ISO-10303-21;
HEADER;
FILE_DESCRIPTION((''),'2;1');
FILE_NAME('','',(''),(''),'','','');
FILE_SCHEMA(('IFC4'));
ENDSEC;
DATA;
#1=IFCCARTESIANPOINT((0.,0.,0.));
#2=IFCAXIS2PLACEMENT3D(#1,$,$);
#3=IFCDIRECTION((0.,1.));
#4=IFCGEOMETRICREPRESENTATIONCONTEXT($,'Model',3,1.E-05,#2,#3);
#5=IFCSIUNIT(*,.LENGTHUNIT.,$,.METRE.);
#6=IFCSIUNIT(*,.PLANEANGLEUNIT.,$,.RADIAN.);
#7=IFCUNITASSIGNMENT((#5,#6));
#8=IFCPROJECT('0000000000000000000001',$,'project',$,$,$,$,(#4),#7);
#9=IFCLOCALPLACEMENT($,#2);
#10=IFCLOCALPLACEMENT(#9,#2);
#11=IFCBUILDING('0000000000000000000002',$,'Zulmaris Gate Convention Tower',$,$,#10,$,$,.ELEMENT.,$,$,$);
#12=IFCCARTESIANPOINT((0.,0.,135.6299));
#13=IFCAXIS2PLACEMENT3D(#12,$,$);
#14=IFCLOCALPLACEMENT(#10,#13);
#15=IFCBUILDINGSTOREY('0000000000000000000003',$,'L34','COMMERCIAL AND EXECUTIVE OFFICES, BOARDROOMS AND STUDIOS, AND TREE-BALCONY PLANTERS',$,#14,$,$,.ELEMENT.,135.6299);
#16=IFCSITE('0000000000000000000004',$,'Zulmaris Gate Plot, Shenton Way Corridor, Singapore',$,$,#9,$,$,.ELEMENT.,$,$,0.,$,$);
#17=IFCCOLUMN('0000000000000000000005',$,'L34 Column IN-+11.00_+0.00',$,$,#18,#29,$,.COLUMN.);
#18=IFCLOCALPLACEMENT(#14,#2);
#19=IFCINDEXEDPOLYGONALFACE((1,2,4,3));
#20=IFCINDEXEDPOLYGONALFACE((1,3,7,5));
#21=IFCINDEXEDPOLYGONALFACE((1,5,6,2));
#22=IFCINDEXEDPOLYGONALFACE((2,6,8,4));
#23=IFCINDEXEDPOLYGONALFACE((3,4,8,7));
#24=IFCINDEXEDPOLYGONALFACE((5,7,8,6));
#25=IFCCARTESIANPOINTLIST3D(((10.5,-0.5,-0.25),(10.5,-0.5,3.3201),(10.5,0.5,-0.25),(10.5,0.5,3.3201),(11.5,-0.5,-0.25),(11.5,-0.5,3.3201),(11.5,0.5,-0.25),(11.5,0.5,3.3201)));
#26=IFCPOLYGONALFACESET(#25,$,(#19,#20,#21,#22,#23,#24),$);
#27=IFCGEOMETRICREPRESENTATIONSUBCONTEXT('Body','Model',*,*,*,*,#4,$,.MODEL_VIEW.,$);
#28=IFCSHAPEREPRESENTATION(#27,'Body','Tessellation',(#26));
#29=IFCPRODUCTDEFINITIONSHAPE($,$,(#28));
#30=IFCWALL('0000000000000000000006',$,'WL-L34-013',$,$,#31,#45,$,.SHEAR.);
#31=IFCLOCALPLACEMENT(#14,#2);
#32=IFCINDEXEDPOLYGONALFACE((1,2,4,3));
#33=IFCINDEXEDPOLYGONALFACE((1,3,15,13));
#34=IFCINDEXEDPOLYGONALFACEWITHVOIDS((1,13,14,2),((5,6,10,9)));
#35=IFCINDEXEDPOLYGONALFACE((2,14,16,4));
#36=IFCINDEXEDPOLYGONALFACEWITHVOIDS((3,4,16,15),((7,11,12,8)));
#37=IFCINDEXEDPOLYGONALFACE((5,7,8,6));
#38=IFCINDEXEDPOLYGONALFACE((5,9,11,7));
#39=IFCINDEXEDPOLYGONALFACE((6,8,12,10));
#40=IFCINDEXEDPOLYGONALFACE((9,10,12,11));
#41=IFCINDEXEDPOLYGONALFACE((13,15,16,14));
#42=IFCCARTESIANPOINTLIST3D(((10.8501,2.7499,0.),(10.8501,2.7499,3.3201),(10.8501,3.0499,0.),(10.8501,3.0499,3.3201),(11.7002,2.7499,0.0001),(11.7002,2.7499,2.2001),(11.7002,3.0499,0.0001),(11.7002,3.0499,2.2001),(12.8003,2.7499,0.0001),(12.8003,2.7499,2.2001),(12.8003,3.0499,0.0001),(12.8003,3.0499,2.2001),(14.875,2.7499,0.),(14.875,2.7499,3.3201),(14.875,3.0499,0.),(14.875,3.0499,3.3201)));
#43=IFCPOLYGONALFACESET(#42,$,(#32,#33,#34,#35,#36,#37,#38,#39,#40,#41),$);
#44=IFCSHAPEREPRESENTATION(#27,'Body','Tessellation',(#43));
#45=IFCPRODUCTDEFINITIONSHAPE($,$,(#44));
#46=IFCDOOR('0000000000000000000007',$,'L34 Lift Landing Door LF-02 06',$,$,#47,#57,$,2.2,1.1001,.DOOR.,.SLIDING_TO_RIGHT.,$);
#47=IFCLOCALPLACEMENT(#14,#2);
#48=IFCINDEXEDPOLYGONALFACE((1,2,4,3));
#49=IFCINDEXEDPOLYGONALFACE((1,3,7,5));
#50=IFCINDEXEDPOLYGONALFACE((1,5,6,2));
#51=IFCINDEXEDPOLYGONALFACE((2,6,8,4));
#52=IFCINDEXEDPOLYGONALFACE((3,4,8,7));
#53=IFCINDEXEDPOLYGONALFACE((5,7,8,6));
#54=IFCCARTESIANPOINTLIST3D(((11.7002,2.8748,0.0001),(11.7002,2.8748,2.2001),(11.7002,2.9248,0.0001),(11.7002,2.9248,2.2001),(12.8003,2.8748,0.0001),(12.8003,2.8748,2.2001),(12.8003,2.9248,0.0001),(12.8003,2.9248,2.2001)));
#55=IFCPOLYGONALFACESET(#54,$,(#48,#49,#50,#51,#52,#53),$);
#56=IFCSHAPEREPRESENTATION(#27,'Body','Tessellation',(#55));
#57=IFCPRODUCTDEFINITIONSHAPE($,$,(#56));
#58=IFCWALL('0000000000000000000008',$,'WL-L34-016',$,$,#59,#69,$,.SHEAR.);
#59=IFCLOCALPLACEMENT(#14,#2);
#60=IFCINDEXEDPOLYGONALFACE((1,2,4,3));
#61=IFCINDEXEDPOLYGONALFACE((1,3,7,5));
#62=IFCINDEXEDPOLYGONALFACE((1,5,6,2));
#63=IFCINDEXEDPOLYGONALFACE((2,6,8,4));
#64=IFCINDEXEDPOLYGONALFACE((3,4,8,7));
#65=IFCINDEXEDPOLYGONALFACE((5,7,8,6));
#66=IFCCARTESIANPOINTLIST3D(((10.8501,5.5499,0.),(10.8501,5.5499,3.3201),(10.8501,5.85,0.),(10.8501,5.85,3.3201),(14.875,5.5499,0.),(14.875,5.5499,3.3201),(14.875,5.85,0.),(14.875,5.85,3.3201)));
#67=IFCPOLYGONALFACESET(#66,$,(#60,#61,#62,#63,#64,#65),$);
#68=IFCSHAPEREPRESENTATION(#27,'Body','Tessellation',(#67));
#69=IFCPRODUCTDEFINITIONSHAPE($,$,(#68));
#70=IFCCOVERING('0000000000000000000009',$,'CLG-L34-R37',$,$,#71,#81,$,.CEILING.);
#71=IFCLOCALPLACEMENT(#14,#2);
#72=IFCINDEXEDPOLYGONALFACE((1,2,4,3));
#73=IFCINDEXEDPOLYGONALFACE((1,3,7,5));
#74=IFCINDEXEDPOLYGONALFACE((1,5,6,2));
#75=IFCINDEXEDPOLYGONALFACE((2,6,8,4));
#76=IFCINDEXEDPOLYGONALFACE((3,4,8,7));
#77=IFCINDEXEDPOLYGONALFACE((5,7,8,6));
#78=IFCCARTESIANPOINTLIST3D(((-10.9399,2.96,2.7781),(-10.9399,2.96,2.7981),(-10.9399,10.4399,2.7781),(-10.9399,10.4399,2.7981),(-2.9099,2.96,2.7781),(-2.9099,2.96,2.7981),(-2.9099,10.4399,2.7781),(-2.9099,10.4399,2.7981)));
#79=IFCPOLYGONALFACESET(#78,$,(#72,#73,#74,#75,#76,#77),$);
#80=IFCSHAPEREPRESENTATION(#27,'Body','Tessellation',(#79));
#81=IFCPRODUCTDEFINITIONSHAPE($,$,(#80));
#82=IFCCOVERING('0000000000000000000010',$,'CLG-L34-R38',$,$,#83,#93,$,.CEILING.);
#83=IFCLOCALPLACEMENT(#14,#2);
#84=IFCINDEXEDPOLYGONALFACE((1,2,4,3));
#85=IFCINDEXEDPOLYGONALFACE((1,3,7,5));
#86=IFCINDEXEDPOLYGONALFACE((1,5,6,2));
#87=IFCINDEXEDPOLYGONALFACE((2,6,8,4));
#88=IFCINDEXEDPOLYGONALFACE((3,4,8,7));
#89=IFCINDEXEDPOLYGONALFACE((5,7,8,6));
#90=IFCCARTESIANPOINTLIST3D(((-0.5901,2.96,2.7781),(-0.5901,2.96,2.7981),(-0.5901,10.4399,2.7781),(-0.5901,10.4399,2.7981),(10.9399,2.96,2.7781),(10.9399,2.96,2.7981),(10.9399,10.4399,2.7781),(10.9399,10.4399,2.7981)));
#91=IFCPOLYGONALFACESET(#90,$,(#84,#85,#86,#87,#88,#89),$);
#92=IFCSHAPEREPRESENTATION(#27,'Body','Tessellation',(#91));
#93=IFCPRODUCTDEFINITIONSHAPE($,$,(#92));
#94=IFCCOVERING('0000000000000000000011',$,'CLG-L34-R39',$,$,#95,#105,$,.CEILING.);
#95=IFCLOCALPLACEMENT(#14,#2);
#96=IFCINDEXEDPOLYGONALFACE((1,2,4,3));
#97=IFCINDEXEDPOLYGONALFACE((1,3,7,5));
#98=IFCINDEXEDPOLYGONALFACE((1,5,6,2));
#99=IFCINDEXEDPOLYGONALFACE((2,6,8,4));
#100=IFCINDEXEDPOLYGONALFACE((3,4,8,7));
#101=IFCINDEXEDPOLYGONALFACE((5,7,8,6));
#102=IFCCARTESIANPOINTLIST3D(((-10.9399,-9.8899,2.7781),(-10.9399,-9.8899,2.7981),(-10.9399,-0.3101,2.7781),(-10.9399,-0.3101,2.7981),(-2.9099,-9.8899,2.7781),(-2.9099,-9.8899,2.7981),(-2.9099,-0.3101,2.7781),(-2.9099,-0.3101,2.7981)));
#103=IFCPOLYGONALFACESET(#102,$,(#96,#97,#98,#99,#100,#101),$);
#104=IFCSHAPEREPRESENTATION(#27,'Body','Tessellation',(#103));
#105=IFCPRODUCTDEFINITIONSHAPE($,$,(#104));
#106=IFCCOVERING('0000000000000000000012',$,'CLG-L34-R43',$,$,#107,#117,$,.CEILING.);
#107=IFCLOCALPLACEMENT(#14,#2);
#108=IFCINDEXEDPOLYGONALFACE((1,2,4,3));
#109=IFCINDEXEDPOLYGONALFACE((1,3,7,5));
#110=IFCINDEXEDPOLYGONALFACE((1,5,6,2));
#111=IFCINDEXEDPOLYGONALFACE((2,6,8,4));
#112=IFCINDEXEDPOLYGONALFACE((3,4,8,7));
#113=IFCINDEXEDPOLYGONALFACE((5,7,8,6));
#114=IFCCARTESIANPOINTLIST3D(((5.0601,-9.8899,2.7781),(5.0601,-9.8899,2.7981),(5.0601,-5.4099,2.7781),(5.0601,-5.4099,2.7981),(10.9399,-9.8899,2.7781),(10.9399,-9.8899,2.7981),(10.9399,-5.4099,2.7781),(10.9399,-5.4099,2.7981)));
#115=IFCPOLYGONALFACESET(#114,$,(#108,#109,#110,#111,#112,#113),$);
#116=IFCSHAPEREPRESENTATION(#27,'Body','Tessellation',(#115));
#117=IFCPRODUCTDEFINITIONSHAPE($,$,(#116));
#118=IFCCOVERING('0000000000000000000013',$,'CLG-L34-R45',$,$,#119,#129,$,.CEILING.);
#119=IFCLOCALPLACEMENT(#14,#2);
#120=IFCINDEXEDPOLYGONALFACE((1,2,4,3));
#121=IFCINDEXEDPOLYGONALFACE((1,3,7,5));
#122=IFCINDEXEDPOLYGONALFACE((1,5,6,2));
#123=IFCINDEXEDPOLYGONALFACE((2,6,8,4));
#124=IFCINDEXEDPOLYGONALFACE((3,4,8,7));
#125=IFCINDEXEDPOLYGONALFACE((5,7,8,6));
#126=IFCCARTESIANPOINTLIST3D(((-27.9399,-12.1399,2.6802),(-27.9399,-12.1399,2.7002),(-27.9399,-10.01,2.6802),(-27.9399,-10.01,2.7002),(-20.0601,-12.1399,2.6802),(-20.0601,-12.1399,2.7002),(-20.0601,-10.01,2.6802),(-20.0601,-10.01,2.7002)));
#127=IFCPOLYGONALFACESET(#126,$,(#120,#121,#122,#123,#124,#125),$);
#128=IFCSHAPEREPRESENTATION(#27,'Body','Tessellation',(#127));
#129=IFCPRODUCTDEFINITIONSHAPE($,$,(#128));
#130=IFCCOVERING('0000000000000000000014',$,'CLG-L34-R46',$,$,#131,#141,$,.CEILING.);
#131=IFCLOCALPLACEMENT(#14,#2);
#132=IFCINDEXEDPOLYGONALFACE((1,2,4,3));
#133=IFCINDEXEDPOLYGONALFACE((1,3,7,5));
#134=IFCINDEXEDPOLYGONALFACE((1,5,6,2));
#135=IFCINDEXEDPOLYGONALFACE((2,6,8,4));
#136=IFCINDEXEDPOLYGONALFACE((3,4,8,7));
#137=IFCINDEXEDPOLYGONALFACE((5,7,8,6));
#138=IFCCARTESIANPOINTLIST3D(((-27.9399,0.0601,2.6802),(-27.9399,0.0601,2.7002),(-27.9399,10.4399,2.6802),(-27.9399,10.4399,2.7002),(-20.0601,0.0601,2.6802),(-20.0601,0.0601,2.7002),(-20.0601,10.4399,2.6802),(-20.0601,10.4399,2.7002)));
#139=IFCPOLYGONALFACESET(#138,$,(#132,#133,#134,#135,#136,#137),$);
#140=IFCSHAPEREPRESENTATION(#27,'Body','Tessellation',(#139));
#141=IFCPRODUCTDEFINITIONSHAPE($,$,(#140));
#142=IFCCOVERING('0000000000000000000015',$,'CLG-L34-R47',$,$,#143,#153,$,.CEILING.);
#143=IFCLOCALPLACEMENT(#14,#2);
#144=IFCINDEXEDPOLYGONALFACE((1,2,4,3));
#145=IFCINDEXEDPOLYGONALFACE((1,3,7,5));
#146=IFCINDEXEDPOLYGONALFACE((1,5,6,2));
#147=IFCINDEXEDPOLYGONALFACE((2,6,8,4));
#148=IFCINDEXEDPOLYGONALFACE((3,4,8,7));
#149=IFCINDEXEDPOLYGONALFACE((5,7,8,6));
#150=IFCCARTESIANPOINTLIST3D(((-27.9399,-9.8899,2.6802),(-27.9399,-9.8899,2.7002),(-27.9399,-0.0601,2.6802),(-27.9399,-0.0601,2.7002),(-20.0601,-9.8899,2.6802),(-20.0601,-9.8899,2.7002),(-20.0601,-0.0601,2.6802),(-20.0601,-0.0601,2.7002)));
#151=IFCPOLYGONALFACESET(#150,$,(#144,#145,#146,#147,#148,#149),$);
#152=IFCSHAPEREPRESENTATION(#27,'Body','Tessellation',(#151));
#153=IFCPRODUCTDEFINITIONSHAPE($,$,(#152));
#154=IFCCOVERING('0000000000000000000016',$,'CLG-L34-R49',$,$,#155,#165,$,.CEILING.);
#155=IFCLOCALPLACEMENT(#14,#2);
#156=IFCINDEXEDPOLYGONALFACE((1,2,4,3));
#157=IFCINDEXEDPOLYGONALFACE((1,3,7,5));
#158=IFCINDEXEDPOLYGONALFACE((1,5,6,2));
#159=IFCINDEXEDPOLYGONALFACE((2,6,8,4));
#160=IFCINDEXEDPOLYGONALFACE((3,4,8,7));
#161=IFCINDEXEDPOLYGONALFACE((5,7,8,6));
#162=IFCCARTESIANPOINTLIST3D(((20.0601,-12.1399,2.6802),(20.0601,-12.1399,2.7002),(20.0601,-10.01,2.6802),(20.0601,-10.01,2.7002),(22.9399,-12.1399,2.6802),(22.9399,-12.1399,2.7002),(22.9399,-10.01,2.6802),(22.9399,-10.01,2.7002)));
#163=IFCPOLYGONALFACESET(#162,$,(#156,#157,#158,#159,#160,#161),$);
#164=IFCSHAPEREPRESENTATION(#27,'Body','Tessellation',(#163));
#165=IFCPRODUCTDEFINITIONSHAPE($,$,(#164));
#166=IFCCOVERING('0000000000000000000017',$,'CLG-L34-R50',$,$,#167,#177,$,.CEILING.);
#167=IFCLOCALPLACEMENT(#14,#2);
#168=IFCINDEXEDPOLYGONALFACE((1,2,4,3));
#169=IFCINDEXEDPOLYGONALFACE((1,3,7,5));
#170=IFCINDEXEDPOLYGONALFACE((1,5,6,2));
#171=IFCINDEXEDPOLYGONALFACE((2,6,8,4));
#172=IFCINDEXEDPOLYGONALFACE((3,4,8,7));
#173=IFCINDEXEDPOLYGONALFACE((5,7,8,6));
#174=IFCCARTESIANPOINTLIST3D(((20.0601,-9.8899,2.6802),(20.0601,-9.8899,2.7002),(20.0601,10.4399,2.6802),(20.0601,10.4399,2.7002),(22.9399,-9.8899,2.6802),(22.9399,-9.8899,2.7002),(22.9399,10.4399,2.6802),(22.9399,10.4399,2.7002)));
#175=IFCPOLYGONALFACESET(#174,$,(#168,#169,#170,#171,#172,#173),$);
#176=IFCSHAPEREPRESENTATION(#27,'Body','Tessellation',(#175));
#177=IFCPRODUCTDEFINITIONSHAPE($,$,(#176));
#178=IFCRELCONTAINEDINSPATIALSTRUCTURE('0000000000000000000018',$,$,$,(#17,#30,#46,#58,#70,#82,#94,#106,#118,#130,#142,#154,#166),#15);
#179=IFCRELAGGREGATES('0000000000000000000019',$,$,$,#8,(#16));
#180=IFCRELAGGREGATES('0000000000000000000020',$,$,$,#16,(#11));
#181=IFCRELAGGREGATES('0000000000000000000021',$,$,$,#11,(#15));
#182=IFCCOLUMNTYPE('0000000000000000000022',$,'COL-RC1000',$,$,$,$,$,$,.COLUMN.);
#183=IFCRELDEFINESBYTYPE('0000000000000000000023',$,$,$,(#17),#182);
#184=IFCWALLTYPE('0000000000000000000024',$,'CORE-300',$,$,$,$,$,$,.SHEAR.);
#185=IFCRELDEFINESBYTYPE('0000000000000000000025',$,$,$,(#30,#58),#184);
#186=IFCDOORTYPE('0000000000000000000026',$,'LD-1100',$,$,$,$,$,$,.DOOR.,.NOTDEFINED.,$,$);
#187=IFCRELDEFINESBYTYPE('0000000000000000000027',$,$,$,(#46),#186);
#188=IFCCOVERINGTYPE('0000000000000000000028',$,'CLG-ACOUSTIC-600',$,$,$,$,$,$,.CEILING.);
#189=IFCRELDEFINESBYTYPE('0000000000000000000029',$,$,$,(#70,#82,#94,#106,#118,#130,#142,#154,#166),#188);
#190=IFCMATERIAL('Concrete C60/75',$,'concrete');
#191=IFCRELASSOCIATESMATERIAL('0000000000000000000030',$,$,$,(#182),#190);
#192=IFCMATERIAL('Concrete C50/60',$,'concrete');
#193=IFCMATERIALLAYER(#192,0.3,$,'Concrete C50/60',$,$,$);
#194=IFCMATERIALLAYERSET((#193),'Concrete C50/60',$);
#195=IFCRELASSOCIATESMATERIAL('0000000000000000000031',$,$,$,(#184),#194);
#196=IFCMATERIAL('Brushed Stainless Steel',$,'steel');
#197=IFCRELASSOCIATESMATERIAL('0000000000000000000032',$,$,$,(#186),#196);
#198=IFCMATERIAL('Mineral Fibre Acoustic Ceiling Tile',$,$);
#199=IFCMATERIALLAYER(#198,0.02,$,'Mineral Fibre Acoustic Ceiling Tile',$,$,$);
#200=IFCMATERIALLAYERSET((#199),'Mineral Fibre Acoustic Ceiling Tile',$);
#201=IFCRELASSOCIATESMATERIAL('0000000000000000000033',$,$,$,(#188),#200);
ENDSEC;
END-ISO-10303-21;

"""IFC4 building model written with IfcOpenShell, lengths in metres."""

from ifc_helpers import new_model, si_unit, direction, frame, frame_2d, origin, origin_2d, place, context, subcontext, project, spatial, polyline, rectangle, outline, extrude, material, layer, layer_set, material_profile, profile_set, type_object, element, fill, save


model = new_model("IFC4")

# Units and contexts
model_context = context("Model", 3, precision=1e-05, world=origin(), true_north=direction((0.0, 1.0)))
body_context = subcontext(model_context, "Body", "Model", "MODEL_VIEW")
ifc_project = project(units=[si_unit("LENGTHUNIT", "METRE"), si_unit("PLANEANGLEUNIT", "RADIAN")], contexts=[model_context])

# Site, building, storey
site_placement = place(None, origin())
site = spatial("IfcSite", under=ifc_project, at=site_placement, Name="Zulmaris Gate Plot, Shenton Way Corridor, Singapore", CompositionType="ELEMENT", RefElevation=0.0)
building_placement = place(site_placement, origin())
building = spatial("IfcBuilding", under=site, at=building_placement, Name="Zulmaris Gate Convention Tower", CompositionType="ELEMENT")
storey_placement = place(building_placement, frame((0.0, 0.0, 135.6299)))
storey = spatial("IfcBuildingStorey", under=building, at=storey_placement, Name="L34", Description="COMMERCIAL AND EXECUTIVE OFFICES, BOARDROOMS AND STUDIOS, AND TREE-BALCONY PLANTERS", CompositionType="ELEMENT", Elevation=135.6299)

# Column
ifc_material_1 = material(Name="Concrete C60/75", Category="concrete")
ifc_material_profile = material_profile(ifc_material_1, rectangle(XDim=1.0, YDim=1.0, at=origin_2d()), Name="RC COL 1000x1000")
ifc_profile_set = profile_set([ifc_material_profile], Name="Concrete C60/75")
column_type = type_object("IfcColumnType", Name="COL-RC1000", PredefinedType="COLUMN", material=ifc_profile_set)
column_placement = place(storey_placement, frame((11.0, 0.0, -0.25), z_axis=(0.0, 0.0, 1.0), x_axis=(1.0, 0.0, 0.0)))
element("IfcColumn", 1, at=column_placement, inside=storey, type_object=column_type, Name="L34 Column IN-+11.00_+0.00", PredefinedType="COLUMN", context=body_context, shape_type="SweptSolid", body=[
    extrude(rectangle(XDim=1.0, YDim=1.0, at=origin_2d()), origin(), (0.0, 0.0, 1.0), 3.5701),
])

# Wall, opening, door
ifc_material_2 = material(Name="Concrete C50/60", Category="concrete")
ifc_layer_1 = layer(ifc_material_2, 0.3, Name="Concrete C50/60")
ifc_layer_set_1 = layer_set([ifc_layer_1], Name="Concrete C50/60")
wall_type = type_object("IfcWallType", Name="CORE-300", PredefinedType="SHEAR", material=ifc_layer_set_1)
wall_1_placement = place(storey_placement, frame((10.8501, 2.8999, 0.0), z_axis=(0.0, 0.0, 1.0), x_axis=(1.0, 0.0, 0.0)))
wall_1 = element("IfcWall", 2, at=wall_1_placement, inside=storey, type_object=wall_type, Name="WL-L34-013", PredefinedType="SHEAR", context=body_context, shape_type="SweptSolid", body=[
    extrude(rectangle(XDim=4.0249, YDim=0.3, at=frame_2d((2.0125, 0.0))), origin(), (0.0, 0.0, 1.0), 3.3201),
])
opening_1_placement = place(wall_1_placement, frame((0.8501, 0.0, 0.0)))
opening_1 = element("IfcOpeningElement", 3, at=opening_1_placement, cuts=wall_1, PredefinedType="OPENING", context=body_context, shape_type="SweptSolid", body=[
    extrude(rectangle(XDim=1.1001, YDim=2.2, at=frame_2d((0.55, 1.1001))), frame((0.0, 0.1602, 0.0), z_axis=(0.0, -1.0, 0.0), x_axis=(1.0, 0.0, 0.0)), (0.0, 0.0, 1.0), 0.3201),
])
ifc_material_3 = material(Name="Brushed Stainless Steel", Category="steel")
door_type_1 = type_object("IfcDoorType", Name="LD-1100", OperationType="NOTDEFINED", PredefinedType="DOOR", material=ifc_material_3)
door_1_placement = place(opening_1_placement, origin())
door_1 = element("IfcDoor", 4, at=door_1_placement, inside=storey, type_object=door_type_1, Name="L34 Lift Landing Door LF-02 06", OperationType="SLIDING_TO_RIGHT", OverallHeight=2.2, OverallWidth=1.1001, PredefinedType="DOOR", context=body_context, shape_type="SweptSolid", body=[
    extrude(rectangle(XDim=1.1001, YDim=2.2, at=frame_2d((0.55, 1.1001))), frame((0.0, 0.0249, 0.0), z_axis=(0.0, -1.0, 0.0), x_axis=(1.0, 0.0, 0.0)), (0.0, 0.0, 1.0), 0.05),
])
fill(opening_1, door_1)

# Wall
wall_2_placement = place(storey_placement, frame((10.8501, 5.7, 0.0), z_axis=(0.0, 0.0, 1.0), x_axis=(1.0, 0.0, 0.0)))
element("IfcWall", 5, at=wall_2_placement, inside=storey, type_object=wall_type, Name="WL-L34-016", PredefinedType="SHEAR", context=body_context, shape_type="SweptSolid", body=[
    extrude(rectangle(XDim=4.0249, YDim=0.3, at=frame_2d((2.0125, 0.0))), origin(), (0.0, 0.0, 1.0), 3.3201),
])

# Coverings
ifc_material_4 = material(Name="Mineral Fibre Acoustic Ceiling Tile")
ifc_layer_2 = layer(ifc_material_4, 0.02, Name="Mineral Fibre Acoustic Ceiling Tile")
ifc_layer_set_2 = layer_set([ifc_layer_2], Name="Mineral Fibre Acoustic Ceiling Tile")
covering_type_1 = type_object("IfcCoveringType", Name="CLG-ACOUSTIC-600", PredefinedType="CEILING", material=ifc_layer_set_2)
covering_1_placement = place(storey_placement, frame((0.0, 0.0, 2.7781)))
element("IfcCovering", 6, at=covering_1_placement, inside=storey, type_object=covering_type_1, Name="CLG-L34-R37", PredefinedType="CEILING", context=body_context, shape_type="SweptSolid", body=[
    extrude(outline(polyline([(-10.9399, 2.96), (-2.9099, 2.96), (-2.9099, 10.4399), (-10.9399, 10.4399), (-10.9399, 2.96)])), origin(), (0.0, 0.0, 1.0), 0.02),
])
covering_2_placement = place(storey_placement, frame((0.0, 0.0, 2.7781)))
element("IfcCovering", 7, at=covering_2_placement, inside=storey, type_object=covering_type_1, Name="CLG-L34-R38", PredefinedType="CEILING", context=body_context, shape_type="SweptSolid", body=[
    extrude(outline(polyline([(-0.5901, 2.96), (10.9399, 2.96), (10.9399, 10.4399), (-0.5901, 10.4399), (-0.5901, 2.96)])), origin(), (0.0, 0.0, 1.0), 0.02),
])
covering_3_placement = place(storey_placement, frame((0.0, 0.0, 2.7781)))
element("IfcCovering", 8, at=covering_3_placement, inside=storey, type_object=covering_type_1, Name="CLG-L34-R39", PredefinedType="CEILING", context=body_context, shape_type="SweptSolid", body=[
    extrude(outline(polyline([(-10.9399, -9.8899), (-2.9099, -9.8899), (-2.9099, -0.3101), (-10.9399, -0.3101), (-10.9399, -9.8899)])), origin(), (0.0, 0.0, 1.0), 0.02),
])
covering_4_placement = place(storey_placement, frame((0.0, 0.0, 2.7781)))
element("IfcCovering", 9, at=covering_4_placement, inside=storey, type_object=covering_type_1, Name="CLG-L34-R43", PredefinedType="CEILING", context=body_context, shape_type="SweptSolid", body=[
    extrude(outline(polyline([(5.0601, -9.8899), (10.9399, -9.8899), (10.9399, -5.4099), (5.0601, -5.4099), (5.0601, -9.8899)])), origin(), (0.0, 0.0, 1.0), 0.02),
])
covering_5_placement = place(storey_placement, frame((0.0, 0.0, 2.6802)))
element("IfcCovering", 10, at=covering_5_placement, inside=storey, type_object=covering_type_1, Name="CLG-L34-R45", PredefinedType="CEILING", context=body_context, shape_type="SweptSolid", body=[
    extrude(outline(polyline([(-27.9399, -12.1399), (-20.0601, -12.1399), (-20.0601, -10.01), (-27.9399, -10.01), (-27.9399, -12.1399)])), origin(), (0.0, 0.0, 1.0), 0.02),
])
covering_6_placement = place(storey_placement, frame((0.0, 0.0, 2.6802)))
element("IfcCovering", 11, at=covering_6_placement, inside=storey, type_object=covering_type_1, Name="CLG-L34-R46", PredefinedType="CEILING", context=body_context, shape_type="SweptSolid", body=[
    extrude(outline(polyline([(-27.9399, 0.0601), (-20.0601, 0.0601), (-20.0601, 10.4399), (-27.9399, 10.4399), (-27.9399, 0.0601)])), origin(), (0.0, 0.0, 1.0), 0.02),
])
covering_7_placement = place(storey_placement, frame((0.0, 0.0, 2.6802)))
element("IfcCovering", 12, at=covering_7_placement, inside=storey, type_object=covering_type_1, Name="CLG-L34-R47", PredefinedType="CEILING", context=body_context, shape_type="SweptSolid", body=[
    extrude(outline(polyline([(-27.9399, -9.8899), (-20.0601, -9.8899), (-20.0601, -0.0601), (-27.9399, -0.0601), (-27.9399, -9.8899)])), origin(), (0.0, 0.0, 1.0), 0.02),
])
covering_8_placement = place(storey_placement, frame((0.0, 0.0, 2.6802)))
element("IfcCovering", 13, at=covering_8_placement, inside=storey, type_object=covering_type_1, Name="CLG-L34-R49", PredefinedType="CEILING", context=body_context, shape_type="SweptSolid", body=[
    extrude(outline(polyline([(20.0601, -12.1399), (22.9399, -12.1399), (22.9399, -10.01), (20.0601, -10.01), (20.0601, -12.1399)])), origin(), (0.0, 0.0, 1.0), 0.02),
])
covering_9_placement = place(storey_placement, frame((0.0, 0.0, 2.6802)))
element("IfcCovering", 14, at=covering_9_placement, inside=storey, type_object=covering_type_1, Name="CLG-L34-R50", PredefinedType="CEILING", context=body_context, shape_type="SweptSolid", body=[
    extrude(outline(polyline([(20.0601, -9.8899), (22.9399, -9.8899), (22.9399, 10.4399), (20.0601, 10.4399), (20.0601, -9.8899)])), origin(), (0.0, 0.0, 1.0), 0.02),
])

save(model, "model.ifc")
